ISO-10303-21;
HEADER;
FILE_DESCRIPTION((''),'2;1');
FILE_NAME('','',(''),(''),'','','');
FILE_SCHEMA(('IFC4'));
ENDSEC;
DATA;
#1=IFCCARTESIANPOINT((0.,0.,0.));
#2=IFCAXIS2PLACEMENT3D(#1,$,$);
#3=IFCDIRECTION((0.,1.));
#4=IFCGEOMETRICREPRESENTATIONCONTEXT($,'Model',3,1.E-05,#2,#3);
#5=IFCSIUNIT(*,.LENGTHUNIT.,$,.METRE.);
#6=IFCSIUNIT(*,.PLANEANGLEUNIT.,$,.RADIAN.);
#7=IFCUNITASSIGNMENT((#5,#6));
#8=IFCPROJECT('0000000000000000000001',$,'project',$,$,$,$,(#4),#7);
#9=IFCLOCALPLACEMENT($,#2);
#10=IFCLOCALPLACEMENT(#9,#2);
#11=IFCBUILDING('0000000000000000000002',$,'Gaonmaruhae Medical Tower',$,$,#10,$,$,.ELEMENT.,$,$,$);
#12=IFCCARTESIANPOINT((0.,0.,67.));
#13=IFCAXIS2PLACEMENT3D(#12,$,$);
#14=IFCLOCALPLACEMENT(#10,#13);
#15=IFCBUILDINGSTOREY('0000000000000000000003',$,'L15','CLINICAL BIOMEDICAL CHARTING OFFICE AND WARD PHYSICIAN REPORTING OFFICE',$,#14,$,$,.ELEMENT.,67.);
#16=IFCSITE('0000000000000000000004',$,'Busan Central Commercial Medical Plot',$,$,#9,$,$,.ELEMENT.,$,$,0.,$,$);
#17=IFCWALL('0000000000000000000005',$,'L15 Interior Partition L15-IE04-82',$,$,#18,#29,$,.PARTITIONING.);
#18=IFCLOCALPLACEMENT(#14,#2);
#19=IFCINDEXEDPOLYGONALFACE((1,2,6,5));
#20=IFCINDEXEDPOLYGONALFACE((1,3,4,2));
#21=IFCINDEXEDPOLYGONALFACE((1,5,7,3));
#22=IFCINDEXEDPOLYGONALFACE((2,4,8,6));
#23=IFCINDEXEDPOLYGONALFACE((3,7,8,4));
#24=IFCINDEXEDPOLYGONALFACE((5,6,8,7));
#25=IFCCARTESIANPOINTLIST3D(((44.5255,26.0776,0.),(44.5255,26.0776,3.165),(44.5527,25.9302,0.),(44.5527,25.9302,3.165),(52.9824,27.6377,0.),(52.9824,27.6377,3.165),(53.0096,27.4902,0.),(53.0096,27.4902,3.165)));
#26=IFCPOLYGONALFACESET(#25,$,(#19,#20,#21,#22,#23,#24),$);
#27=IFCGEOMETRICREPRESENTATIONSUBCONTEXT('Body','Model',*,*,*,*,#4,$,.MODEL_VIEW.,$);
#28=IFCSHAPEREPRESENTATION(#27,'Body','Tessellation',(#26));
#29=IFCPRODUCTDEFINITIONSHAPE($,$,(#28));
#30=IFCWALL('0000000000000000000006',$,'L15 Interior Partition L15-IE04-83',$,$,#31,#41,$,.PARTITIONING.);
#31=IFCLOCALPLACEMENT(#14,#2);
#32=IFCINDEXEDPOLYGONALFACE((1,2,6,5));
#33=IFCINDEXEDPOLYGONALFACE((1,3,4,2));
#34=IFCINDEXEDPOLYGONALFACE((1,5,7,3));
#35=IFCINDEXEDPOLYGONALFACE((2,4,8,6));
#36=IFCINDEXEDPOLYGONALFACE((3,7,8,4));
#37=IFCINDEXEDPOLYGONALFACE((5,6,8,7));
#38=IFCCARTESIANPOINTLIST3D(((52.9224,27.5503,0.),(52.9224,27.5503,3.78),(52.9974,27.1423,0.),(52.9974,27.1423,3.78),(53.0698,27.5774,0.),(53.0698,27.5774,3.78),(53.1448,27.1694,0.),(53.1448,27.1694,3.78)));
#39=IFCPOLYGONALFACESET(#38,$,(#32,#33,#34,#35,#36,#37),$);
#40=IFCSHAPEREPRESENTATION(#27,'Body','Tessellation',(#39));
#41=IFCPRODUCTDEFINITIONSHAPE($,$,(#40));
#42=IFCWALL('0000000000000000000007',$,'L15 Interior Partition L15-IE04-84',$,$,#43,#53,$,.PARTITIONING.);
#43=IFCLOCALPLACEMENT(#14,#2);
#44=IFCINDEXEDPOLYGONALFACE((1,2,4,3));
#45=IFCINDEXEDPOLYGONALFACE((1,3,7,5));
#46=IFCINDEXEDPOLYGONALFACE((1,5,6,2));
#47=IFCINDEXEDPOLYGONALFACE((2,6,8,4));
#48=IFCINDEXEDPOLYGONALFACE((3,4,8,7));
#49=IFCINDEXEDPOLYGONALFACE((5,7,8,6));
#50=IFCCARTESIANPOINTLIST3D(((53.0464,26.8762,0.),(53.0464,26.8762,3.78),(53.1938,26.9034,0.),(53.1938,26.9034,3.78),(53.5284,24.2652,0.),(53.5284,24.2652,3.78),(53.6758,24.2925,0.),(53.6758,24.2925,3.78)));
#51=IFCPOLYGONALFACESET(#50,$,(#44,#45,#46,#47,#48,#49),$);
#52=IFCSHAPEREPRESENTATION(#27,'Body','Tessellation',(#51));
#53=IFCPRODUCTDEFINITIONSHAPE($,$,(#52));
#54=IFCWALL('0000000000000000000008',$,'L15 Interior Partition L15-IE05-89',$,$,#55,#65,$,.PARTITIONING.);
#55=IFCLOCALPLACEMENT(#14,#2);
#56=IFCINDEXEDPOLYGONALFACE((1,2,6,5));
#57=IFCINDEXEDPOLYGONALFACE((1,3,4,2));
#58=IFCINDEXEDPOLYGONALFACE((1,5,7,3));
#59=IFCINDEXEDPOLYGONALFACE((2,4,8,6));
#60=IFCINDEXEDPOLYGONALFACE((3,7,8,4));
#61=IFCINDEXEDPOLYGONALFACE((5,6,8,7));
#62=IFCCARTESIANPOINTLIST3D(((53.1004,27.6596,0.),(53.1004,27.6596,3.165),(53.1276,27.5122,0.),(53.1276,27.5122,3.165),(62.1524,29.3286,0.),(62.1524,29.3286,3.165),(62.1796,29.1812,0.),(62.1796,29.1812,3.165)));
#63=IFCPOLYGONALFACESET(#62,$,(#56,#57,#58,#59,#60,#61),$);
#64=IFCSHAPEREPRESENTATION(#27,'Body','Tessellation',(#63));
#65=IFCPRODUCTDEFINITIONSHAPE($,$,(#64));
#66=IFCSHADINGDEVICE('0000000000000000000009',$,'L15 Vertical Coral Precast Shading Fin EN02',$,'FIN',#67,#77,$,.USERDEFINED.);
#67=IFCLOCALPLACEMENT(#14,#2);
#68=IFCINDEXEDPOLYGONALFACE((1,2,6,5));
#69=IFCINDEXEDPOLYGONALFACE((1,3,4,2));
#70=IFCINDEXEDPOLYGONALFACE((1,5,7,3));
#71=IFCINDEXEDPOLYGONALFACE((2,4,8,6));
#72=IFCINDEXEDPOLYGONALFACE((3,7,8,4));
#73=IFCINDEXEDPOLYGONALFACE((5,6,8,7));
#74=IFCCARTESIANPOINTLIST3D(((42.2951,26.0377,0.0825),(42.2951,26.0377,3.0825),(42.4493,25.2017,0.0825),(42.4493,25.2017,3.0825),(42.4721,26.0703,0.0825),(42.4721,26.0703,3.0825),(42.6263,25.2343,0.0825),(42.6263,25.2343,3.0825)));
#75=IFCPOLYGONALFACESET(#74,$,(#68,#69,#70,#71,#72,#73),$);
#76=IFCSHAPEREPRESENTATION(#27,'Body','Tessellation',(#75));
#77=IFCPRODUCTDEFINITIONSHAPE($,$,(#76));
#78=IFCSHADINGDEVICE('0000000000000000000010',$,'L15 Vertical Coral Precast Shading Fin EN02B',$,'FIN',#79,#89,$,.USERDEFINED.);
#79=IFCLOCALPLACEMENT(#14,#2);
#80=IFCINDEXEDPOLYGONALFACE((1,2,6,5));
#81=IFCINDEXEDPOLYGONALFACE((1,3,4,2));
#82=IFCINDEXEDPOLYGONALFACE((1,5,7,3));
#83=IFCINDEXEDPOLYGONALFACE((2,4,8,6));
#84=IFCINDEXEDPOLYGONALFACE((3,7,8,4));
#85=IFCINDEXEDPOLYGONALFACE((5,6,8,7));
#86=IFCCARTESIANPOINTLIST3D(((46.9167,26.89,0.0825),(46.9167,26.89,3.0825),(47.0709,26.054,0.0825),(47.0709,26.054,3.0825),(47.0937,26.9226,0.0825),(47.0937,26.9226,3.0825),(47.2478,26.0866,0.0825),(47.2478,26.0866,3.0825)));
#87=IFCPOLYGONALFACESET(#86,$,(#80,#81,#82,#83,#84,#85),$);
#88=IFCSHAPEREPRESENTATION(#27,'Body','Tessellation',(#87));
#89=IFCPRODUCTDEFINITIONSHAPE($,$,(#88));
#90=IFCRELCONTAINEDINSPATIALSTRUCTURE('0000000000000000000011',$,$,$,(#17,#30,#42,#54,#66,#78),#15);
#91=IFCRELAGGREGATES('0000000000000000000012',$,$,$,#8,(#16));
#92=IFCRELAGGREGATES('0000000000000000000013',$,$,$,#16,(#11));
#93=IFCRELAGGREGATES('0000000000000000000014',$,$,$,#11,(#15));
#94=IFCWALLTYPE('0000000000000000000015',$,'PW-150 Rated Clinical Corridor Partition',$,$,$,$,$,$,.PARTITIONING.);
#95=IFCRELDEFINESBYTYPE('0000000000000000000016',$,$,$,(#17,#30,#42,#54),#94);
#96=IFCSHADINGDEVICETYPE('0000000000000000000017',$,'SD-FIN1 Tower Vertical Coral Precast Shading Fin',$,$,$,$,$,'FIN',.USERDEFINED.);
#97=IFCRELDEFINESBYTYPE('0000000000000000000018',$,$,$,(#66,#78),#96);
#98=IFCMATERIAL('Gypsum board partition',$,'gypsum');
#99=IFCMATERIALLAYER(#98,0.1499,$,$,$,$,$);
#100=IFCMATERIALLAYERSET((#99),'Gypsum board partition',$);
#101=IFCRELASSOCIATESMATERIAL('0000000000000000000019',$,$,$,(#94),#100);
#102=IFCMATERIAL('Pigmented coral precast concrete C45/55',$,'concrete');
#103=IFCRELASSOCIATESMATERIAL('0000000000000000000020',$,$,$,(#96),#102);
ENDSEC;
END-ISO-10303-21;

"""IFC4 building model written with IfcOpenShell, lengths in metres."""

from ifc_helpers import new_model, si_unit, direction, frame, frame_2d, origin, origin_2d, place, context, subcontext, project, spatial, rectangle, extrude, material, layer, layer_set, type_object, element, save


model = new_model("IFC4")

# Units and contexts
model_context = context("Model", 3, precision=1e-05, world=origin(), true_north=direction((0.0, 1.0)))
body_context = subcontext(model_context, "Body", "Model", "MODEL_VIEW")
ifc_project = project(units=[si_unit("LENGTHUNIT", "METRE"), si_unit("PLANEANGLEUNIT", "RADIAN")], contexts=[model_context])

# Site, building, storey
site_placement = place(None, origin())
site = spatial("IfcSite", under=ifc_project, at=site_placement, Name="Busan Central Commercial Medical Plot", CompositionType="ELEMENT", RefElevation=0.0)
building_placement = place(site_placement, origin())
building = spatial("IfcBuilding", under=site, at=building_placement, Name="Gaonmaruhae Medical Tower", CompositionType="ELEMENT")
storey_placement = place(building_placement, frame((0.0, 0.0, 67.0)))
storey = spatial("IfcBuildingStorey", under=building, at=storey_placement, Name="L15", Description="CLINICAL BIOMEDICAL CHARTING OFFICE AND WARD PHYSICIAN REPORTING OFFICE", CompositionType="ELEMENT", Elevation=67.0)

# Shared definitions
ifc_material_1 = material(Name="Gypsum board partition", Category="gypsum")
ifc_layer_1 = layer(ifc_material_1, 0.1499)
ifc_layer_set_1 = layer_set([ifc_layer_1], Name="Gypsum board partition")
wall_type_1 = type_object("IfcWallType", Name="PW-150 Rated Clinical Corridor Partition", PredefinedType="PARTITIONING", material=ifc_layer_set_1)

# Walls
wall_1_placement = place(storey_placement, frame((44.5391, 26.0039, 0.0), z_axis=(0.0, 0.0, 1.0), x_axis=(0.983408, 0.181408, 0.0)))
element("IfcWall", 1, at=wall_1_placement, inside=storey, type_object=wall_type_1, Name="L15 Interior Partition L15-IE04-82", PredefinedType="PARTITIONING", context=body_context, shape_type="SweptSolid", body=[
    extrude(rectangle(XDim=8.5996, YDim=0.1499, at=frame_2d((4.2998, 0.0))), origin(), (0.0, 0.0, 1.0), 3.165),
])
wall_2_placement = place(storey_placement, frame((52.9961, 27.564, 0.0), z_axis=(0.0, 0.0, 1.0), x_axis=(0.180698, -0.983539, 0.0)))
element("IfcWall", 2, at=wall_2_placement, inside=storey, type_object=wall_type_1, Name="L15 Interior Partition L15-IE04-83", PredefinedType="PARTITIONING", context=body_context, shape_type="SweptSolid", body=[
    extrude(rectangle(XDim=0.4148, YDim=0.1499, at=frame_2d((0.2075, 0.0))), origin(), (0.0, 0.0, 1.0), 3.78),
])
wall_3_placement = place(storey_placement, frame((53.1201, 26.8899, 0.0), z_axis=(0.0, 0.0, 1.0), x_axis=(0.181523, -0.983387, 0.0)))
element("IfcWall", 3, at=wall_3_placement, inside=storey, type_object=wall_type_1, Name="L15 Interior Partition L15-IE04-84", PredefinedType="PARTITIONING", context=body_context, shape_type="SweptSolid", body=[
    extrude(rectangle(XDim=2.655, YDim=0.1499, at=frame_2d((1.3276, 0.0))), origin(), (0.0, 0.0, 1.0), 3.78),
])
wall_4_placement = place(storey_placement, frame((53.114, 27.5859, 0.0), z_axis=(0.0, 0.0, 1.0), x_axis=(0.983425, 0.181317, 0.0)))
element("IfcWall", 4, at=wall_4_placement, inside=storey, type_object=wall_type_1, Name="L15 Interior Partition L15-IE05-89", PredefinedType="PARTITIONING", context=body_context, shape_type="SweptSolid", body=[
    extrude(rectangle(XDim=9.2046, YDim=0.1499, at=frame_2d((4.6023, 0.0))), origin(), (0.0, 0.0, 1.0), 3.165),
])

# Shading devices
ifc_material_2 = material(Name="Pigmented coral precast concrete C45/55", Category="concrete")
shading_device_type = type_object("IfcShadingDeviceType", Name="SD-FIN1 Tower Vertical Coral Precast Shading Fin", ElementType="FIN", PredefinedType="USERDEFINED", material=ifc_material_2)
for number, where, z_axis, x_axis, name in (
    (5, (42.4607, 25.636, 0.0825), (0.0, 0.0, 1.0), (0.983417, 0.18136, 0.0), "L15 Vertical Coral Precast Shading Fin EN02"),
    (6, (47.0823, 26.4883, 0.0825), (0.0, 0.0, 1.0), (0.983417, 0.18136, 0.0), "L15 Vertical Coral Precast Shading Fin EN02B"),
):
    element("IfcShadingDevice", number, at=place(storey_placement, frame(where, z_axis=z_axis, x_axis=x_axis)), inside=storey, type_object=shading_device_type, Name=name, ObjectType="FIN", PredefinedType="USERDEFINED", context=body_context, shape_type="SweptSolid", body=[
        extrude(rectangle(XDim=0.1799, YDim=0.8501, at=origin_2d()), origin(), (0.0, 0.0, 1.0), 3.0),
    ])

save(model, "model.ifc")
